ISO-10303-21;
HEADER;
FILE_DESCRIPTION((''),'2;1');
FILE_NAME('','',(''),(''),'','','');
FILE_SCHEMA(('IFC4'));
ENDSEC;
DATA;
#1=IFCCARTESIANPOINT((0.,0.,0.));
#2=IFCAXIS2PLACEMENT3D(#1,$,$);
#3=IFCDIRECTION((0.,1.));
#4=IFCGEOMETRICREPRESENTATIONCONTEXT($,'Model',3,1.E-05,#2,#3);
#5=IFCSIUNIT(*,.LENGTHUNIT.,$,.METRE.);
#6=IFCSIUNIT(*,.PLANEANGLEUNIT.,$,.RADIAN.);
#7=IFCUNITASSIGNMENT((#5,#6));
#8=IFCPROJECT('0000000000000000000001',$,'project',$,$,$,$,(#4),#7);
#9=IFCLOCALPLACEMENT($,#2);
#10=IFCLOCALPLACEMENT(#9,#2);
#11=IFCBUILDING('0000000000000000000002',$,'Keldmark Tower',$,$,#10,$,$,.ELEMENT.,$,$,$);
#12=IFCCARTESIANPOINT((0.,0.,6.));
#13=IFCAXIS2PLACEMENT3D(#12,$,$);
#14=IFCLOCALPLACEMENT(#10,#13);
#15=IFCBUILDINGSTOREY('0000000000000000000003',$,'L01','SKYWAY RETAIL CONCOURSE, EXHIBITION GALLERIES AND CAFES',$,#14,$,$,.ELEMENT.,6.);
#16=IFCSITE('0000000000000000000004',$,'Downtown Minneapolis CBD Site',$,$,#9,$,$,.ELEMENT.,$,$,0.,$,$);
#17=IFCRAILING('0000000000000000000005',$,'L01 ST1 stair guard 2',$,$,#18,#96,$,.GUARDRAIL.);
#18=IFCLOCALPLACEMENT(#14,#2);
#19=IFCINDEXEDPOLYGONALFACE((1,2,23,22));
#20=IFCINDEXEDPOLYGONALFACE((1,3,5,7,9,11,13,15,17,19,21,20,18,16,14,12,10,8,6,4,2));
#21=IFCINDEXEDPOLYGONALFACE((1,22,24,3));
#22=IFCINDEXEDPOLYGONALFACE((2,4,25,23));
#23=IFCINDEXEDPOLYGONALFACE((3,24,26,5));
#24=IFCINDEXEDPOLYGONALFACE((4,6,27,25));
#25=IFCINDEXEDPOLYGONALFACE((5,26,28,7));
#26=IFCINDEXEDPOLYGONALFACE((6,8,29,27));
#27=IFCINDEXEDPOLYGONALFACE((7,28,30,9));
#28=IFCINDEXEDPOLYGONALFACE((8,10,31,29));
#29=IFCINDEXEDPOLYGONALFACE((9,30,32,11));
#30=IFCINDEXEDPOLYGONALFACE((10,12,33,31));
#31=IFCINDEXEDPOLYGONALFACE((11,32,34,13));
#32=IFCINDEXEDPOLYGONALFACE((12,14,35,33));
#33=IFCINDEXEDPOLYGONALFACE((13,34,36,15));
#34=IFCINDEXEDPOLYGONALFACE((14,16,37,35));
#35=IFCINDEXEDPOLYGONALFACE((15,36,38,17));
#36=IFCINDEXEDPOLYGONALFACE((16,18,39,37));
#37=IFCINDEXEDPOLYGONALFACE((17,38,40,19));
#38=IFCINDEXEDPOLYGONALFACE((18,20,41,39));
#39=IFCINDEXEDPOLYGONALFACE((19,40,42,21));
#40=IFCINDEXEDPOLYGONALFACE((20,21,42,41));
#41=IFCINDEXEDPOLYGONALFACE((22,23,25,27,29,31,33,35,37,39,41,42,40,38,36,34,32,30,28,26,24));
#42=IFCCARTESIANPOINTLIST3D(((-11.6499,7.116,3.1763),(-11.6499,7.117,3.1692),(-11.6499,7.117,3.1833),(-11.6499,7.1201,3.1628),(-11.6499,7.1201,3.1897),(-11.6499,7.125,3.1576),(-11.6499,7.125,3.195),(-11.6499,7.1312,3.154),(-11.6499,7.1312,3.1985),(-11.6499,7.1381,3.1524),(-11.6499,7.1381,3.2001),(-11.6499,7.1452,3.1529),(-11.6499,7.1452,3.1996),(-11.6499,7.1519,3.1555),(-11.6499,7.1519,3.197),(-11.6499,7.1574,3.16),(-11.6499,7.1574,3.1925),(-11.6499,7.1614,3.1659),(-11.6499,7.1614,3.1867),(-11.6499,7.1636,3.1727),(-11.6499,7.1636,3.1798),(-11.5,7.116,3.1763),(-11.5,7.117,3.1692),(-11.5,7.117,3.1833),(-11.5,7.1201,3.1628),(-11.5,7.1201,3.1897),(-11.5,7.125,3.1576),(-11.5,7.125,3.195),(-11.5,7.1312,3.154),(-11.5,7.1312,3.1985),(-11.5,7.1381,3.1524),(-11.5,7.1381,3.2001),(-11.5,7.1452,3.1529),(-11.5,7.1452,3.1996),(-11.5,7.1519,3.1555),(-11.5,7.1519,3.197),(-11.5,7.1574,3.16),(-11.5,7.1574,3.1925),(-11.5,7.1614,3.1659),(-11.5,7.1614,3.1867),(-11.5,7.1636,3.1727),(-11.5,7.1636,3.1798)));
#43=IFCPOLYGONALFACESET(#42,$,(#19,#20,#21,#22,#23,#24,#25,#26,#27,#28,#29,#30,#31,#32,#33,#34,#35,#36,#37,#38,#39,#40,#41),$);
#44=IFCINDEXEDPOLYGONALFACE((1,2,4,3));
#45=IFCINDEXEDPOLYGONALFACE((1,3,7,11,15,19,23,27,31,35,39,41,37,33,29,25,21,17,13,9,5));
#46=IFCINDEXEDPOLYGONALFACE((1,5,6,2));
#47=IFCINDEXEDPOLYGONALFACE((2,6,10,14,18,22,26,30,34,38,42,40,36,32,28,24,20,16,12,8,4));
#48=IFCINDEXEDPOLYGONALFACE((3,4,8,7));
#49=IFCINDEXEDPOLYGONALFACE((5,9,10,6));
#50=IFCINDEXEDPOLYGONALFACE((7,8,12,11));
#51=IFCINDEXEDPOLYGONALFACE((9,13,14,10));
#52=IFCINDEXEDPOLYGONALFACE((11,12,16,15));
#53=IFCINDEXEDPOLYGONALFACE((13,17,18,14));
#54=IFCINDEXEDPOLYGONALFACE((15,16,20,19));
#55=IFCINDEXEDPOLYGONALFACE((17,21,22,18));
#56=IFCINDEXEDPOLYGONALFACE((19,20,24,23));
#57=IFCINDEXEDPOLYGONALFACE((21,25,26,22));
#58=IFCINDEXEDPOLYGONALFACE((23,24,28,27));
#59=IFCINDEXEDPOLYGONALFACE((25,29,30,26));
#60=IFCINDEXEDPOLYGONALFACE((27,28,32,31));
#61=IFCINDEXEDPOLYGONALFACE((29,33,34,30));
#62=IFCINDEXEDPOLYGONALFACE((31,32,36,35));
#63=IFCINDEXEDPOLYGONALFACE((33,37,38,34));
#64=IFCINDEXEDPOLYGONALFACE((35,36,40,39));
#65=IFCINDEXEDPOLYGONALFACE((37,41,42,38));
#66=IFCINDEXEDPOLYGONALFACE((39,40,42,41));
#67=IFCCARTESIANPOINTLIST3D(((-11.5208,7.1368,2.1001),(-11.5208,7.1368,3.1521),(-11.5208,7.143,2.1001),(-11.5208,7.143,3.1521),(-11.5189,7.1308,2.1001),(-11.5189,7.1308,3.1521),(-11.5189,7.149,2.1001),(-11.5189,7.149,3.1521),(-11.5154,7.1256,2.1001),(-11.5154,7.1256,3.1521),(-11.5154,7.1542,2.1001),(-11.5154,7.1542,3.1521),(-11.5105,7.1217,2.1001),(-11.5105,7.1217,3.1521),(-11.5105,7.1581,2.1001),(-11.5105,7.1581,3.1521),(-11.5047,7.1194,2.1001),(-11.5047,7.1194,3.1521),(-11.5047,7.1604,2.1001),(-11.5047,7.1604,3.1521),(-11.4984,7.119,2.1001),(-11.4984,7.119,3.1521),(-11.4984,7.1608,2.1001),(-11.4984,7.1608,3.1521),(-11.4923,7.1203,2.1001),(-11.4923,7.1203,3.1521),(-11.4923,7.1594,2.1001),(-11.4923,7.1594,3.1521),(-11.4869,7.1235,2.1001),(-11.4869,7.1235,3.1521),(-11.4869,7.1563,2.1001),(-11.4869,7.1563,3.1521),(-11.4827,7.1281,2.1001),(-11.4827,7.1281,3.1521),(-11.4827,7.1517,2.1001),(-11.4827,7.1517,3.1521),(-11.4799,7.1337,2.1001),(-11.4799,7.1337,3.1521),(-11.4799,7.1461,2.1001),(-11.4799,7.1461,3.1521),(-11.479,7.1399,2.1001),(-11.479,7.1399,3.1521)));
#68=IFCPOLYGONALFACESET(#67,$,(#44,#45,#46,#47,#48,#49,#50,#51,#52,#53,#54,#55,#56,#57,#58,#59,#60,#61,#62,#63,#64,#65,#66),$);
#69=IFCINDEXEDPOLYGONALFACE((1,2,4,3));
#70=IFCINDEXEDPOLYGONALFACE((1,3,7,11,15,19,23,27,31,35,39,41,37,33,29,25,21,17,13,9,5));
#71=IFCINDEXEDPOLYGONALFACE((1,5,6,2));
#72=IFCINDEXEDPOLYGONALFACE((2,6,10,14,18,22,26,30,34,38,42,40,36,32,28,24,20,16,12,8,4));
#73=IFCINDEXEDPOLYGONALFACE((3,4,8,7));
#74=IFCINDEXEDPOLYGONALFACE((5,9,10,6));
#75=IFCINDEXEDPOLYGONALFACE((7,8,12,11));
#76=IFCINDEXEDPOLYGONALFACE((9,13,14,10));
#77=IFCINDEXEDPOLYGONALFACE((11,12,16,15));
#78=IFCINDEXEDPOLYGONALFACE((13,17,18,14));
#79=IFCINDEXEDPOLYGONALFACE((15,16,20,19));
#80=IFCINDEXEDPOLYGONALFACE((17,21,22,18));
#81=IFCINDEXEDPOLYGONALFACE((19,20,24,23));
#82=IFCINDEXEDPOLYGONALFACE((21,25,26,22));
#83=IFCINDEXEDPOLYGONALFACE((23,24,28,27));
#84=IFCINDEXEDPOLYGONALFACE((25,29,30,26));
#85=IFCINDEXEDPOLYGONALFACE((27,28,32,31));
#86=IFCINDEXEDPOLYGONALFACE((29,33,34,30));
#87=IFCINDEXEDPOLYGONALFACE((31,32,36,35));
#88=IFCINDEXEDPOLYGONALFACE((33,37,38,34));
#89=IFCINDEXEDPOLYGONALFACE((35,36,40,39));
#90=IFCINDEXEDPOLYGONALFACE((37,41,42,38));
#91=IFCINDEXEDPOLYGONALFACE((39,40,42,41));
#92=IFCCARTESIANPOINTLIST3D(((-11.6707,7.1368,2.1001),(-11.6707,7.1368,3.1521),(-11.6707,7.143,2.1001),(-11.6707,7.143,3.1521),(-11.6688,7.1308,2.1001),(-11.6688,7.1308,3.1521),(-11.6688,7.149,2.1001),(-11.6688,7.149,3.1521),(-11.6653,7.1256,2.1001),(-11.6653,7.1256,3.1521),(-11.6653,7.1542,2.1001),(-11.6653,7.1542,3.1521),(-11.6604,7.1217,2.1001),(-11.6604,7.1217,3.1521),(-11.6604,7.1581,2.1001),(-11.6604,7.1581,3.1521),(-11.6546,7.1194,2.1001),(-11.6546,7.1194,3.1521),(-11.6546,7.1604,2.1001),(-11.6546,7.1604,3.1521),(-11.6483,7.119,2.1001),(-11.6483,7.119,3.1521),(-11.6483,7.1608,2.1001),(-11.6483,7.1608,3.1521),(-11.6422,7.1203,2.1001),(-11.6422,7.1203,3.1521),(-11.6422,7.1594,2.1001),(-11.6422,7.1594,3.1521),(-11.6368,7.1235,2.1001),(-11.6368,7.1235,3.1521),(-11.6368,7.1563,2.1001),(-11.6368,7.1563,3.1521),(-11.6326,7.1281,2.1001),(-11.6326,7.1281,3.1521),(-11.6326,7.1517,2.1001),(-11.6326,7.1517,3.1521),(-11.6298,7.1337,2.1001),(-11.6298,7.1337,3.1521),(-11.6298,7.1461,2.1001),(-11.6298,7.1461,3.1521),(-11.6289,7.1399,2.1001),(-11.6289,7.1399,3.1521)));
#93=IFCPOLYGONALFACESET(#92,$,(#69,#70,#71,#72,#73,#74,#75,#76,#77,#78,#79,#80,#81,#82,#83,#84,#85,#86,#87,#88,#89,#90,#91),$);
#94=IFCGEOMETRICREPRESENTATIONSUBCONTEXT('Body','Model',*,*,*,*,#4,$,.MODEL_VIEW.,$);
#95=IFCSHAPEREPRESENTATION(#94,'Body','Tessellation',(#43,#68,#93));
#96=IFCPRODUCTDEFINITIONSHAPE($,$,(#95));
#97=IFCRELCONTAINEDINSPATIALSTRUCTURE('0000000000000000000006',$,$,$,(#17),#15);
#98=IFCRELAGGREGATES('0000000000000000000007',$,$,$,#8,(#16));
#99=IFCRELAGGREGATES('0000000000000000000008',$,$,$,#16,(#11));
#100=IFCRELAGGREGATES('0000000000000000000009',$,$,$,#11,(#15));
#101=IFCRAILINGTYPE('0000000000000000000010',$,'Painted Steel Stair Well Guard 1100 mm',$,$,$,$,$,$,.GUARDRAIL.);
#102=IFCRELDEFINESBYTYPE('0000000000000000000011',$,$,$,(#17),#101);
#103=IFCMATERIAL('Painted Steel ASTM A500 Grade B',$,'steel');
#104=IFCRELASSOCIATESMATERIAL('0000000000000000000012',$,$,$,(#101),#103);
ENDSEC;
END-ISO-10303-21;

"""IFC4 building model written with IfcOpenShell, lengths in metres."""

from ifc_helpers import new_model, si_unit, direction, frame, origin, origin_2d, place, context, subcontext, project, spatial, circle, extrude, material, type_object, element, save


model = new_model("IFC4")

# Units and contexts
model_context = context("Model", 3, precision=1e-05, world=origin(), true_north=direction((0.0, 1.0)))
body_context = subcontext(model_context, "Body", "Model", "MODEL_VIEW")
ifc_project = project(units=[si_unit("LENGTHUNIT", "METRE"), si_unit("PLANEANGLEUNIT", "RADIAN")], contexts=[model_context])

# Site, building, storey
site_placement = place(None, origin())
site = spatial("IfcSite", under=ifc_project, at=site_placement, Name="Downtown Minneapolis CBD Site", CompositionType="ELEMENT", RefElevation=0.0)
building_placement = place(site_placement, origin())
building = spatial("IfcBuilding", under=site, at=building_placement, Name="Keldmark Tower", CompositionType="ELEMENT")
storey_placement = place(building_placement, frame((0.0, 0.0, 6.0)))
storey = spatial("IfcBuildingStorey", under=building, at=storey_placement, Name="L01", Description="SKYWAY RETAIL CONCOURSE, EXHIBITION GALLERIES AND CAFES", CompositionType="ELEMENT", Elevation=6.0)

# Railing
ifc_material_1 = material(Name="Painted Steel ASTM A500 Grade B", Category="steel")
railing_type_1 = type_object("IfcRailingType", Name="Painted Steel Stair Well Guard 1100 mm", PredefinedType="GUARDRAIL", material=ifc_material_1)
railing_1_placement = place(storey_placement, frame((-11.5, 7.1399, 2.1001)))
element("IfcRailing", 1, at=railing_1_placement, inside=storey, type_object=railing_type_1, Name="L01 ST1 stair guard 2", PredefinedType="GUARDRAIL", context=body_context, shape_type="SweptSolid", body=[
    extrude(circle(Radius=0.0239, at=origin_2d()), frame((0.0, 0.0, 1.0762), z_axis=(-1.0, 0.0, 0.0), x_axis=(0.0, -1.0, 0.0)), (0.0, 0.0, 1.0), 0.1499),
    extrude(circle(Radius=0.021, at=origin_2d()), origin(), (0.0, 0.0, 1.0), 1.052),
    extrude(circle(Radius=0.021, at=origin_2d()), frame((-0.1499, 0.0, 0.0)), (0.0, 0.0, 1.0), 1.052),
])

save(model, "model.ifc")
